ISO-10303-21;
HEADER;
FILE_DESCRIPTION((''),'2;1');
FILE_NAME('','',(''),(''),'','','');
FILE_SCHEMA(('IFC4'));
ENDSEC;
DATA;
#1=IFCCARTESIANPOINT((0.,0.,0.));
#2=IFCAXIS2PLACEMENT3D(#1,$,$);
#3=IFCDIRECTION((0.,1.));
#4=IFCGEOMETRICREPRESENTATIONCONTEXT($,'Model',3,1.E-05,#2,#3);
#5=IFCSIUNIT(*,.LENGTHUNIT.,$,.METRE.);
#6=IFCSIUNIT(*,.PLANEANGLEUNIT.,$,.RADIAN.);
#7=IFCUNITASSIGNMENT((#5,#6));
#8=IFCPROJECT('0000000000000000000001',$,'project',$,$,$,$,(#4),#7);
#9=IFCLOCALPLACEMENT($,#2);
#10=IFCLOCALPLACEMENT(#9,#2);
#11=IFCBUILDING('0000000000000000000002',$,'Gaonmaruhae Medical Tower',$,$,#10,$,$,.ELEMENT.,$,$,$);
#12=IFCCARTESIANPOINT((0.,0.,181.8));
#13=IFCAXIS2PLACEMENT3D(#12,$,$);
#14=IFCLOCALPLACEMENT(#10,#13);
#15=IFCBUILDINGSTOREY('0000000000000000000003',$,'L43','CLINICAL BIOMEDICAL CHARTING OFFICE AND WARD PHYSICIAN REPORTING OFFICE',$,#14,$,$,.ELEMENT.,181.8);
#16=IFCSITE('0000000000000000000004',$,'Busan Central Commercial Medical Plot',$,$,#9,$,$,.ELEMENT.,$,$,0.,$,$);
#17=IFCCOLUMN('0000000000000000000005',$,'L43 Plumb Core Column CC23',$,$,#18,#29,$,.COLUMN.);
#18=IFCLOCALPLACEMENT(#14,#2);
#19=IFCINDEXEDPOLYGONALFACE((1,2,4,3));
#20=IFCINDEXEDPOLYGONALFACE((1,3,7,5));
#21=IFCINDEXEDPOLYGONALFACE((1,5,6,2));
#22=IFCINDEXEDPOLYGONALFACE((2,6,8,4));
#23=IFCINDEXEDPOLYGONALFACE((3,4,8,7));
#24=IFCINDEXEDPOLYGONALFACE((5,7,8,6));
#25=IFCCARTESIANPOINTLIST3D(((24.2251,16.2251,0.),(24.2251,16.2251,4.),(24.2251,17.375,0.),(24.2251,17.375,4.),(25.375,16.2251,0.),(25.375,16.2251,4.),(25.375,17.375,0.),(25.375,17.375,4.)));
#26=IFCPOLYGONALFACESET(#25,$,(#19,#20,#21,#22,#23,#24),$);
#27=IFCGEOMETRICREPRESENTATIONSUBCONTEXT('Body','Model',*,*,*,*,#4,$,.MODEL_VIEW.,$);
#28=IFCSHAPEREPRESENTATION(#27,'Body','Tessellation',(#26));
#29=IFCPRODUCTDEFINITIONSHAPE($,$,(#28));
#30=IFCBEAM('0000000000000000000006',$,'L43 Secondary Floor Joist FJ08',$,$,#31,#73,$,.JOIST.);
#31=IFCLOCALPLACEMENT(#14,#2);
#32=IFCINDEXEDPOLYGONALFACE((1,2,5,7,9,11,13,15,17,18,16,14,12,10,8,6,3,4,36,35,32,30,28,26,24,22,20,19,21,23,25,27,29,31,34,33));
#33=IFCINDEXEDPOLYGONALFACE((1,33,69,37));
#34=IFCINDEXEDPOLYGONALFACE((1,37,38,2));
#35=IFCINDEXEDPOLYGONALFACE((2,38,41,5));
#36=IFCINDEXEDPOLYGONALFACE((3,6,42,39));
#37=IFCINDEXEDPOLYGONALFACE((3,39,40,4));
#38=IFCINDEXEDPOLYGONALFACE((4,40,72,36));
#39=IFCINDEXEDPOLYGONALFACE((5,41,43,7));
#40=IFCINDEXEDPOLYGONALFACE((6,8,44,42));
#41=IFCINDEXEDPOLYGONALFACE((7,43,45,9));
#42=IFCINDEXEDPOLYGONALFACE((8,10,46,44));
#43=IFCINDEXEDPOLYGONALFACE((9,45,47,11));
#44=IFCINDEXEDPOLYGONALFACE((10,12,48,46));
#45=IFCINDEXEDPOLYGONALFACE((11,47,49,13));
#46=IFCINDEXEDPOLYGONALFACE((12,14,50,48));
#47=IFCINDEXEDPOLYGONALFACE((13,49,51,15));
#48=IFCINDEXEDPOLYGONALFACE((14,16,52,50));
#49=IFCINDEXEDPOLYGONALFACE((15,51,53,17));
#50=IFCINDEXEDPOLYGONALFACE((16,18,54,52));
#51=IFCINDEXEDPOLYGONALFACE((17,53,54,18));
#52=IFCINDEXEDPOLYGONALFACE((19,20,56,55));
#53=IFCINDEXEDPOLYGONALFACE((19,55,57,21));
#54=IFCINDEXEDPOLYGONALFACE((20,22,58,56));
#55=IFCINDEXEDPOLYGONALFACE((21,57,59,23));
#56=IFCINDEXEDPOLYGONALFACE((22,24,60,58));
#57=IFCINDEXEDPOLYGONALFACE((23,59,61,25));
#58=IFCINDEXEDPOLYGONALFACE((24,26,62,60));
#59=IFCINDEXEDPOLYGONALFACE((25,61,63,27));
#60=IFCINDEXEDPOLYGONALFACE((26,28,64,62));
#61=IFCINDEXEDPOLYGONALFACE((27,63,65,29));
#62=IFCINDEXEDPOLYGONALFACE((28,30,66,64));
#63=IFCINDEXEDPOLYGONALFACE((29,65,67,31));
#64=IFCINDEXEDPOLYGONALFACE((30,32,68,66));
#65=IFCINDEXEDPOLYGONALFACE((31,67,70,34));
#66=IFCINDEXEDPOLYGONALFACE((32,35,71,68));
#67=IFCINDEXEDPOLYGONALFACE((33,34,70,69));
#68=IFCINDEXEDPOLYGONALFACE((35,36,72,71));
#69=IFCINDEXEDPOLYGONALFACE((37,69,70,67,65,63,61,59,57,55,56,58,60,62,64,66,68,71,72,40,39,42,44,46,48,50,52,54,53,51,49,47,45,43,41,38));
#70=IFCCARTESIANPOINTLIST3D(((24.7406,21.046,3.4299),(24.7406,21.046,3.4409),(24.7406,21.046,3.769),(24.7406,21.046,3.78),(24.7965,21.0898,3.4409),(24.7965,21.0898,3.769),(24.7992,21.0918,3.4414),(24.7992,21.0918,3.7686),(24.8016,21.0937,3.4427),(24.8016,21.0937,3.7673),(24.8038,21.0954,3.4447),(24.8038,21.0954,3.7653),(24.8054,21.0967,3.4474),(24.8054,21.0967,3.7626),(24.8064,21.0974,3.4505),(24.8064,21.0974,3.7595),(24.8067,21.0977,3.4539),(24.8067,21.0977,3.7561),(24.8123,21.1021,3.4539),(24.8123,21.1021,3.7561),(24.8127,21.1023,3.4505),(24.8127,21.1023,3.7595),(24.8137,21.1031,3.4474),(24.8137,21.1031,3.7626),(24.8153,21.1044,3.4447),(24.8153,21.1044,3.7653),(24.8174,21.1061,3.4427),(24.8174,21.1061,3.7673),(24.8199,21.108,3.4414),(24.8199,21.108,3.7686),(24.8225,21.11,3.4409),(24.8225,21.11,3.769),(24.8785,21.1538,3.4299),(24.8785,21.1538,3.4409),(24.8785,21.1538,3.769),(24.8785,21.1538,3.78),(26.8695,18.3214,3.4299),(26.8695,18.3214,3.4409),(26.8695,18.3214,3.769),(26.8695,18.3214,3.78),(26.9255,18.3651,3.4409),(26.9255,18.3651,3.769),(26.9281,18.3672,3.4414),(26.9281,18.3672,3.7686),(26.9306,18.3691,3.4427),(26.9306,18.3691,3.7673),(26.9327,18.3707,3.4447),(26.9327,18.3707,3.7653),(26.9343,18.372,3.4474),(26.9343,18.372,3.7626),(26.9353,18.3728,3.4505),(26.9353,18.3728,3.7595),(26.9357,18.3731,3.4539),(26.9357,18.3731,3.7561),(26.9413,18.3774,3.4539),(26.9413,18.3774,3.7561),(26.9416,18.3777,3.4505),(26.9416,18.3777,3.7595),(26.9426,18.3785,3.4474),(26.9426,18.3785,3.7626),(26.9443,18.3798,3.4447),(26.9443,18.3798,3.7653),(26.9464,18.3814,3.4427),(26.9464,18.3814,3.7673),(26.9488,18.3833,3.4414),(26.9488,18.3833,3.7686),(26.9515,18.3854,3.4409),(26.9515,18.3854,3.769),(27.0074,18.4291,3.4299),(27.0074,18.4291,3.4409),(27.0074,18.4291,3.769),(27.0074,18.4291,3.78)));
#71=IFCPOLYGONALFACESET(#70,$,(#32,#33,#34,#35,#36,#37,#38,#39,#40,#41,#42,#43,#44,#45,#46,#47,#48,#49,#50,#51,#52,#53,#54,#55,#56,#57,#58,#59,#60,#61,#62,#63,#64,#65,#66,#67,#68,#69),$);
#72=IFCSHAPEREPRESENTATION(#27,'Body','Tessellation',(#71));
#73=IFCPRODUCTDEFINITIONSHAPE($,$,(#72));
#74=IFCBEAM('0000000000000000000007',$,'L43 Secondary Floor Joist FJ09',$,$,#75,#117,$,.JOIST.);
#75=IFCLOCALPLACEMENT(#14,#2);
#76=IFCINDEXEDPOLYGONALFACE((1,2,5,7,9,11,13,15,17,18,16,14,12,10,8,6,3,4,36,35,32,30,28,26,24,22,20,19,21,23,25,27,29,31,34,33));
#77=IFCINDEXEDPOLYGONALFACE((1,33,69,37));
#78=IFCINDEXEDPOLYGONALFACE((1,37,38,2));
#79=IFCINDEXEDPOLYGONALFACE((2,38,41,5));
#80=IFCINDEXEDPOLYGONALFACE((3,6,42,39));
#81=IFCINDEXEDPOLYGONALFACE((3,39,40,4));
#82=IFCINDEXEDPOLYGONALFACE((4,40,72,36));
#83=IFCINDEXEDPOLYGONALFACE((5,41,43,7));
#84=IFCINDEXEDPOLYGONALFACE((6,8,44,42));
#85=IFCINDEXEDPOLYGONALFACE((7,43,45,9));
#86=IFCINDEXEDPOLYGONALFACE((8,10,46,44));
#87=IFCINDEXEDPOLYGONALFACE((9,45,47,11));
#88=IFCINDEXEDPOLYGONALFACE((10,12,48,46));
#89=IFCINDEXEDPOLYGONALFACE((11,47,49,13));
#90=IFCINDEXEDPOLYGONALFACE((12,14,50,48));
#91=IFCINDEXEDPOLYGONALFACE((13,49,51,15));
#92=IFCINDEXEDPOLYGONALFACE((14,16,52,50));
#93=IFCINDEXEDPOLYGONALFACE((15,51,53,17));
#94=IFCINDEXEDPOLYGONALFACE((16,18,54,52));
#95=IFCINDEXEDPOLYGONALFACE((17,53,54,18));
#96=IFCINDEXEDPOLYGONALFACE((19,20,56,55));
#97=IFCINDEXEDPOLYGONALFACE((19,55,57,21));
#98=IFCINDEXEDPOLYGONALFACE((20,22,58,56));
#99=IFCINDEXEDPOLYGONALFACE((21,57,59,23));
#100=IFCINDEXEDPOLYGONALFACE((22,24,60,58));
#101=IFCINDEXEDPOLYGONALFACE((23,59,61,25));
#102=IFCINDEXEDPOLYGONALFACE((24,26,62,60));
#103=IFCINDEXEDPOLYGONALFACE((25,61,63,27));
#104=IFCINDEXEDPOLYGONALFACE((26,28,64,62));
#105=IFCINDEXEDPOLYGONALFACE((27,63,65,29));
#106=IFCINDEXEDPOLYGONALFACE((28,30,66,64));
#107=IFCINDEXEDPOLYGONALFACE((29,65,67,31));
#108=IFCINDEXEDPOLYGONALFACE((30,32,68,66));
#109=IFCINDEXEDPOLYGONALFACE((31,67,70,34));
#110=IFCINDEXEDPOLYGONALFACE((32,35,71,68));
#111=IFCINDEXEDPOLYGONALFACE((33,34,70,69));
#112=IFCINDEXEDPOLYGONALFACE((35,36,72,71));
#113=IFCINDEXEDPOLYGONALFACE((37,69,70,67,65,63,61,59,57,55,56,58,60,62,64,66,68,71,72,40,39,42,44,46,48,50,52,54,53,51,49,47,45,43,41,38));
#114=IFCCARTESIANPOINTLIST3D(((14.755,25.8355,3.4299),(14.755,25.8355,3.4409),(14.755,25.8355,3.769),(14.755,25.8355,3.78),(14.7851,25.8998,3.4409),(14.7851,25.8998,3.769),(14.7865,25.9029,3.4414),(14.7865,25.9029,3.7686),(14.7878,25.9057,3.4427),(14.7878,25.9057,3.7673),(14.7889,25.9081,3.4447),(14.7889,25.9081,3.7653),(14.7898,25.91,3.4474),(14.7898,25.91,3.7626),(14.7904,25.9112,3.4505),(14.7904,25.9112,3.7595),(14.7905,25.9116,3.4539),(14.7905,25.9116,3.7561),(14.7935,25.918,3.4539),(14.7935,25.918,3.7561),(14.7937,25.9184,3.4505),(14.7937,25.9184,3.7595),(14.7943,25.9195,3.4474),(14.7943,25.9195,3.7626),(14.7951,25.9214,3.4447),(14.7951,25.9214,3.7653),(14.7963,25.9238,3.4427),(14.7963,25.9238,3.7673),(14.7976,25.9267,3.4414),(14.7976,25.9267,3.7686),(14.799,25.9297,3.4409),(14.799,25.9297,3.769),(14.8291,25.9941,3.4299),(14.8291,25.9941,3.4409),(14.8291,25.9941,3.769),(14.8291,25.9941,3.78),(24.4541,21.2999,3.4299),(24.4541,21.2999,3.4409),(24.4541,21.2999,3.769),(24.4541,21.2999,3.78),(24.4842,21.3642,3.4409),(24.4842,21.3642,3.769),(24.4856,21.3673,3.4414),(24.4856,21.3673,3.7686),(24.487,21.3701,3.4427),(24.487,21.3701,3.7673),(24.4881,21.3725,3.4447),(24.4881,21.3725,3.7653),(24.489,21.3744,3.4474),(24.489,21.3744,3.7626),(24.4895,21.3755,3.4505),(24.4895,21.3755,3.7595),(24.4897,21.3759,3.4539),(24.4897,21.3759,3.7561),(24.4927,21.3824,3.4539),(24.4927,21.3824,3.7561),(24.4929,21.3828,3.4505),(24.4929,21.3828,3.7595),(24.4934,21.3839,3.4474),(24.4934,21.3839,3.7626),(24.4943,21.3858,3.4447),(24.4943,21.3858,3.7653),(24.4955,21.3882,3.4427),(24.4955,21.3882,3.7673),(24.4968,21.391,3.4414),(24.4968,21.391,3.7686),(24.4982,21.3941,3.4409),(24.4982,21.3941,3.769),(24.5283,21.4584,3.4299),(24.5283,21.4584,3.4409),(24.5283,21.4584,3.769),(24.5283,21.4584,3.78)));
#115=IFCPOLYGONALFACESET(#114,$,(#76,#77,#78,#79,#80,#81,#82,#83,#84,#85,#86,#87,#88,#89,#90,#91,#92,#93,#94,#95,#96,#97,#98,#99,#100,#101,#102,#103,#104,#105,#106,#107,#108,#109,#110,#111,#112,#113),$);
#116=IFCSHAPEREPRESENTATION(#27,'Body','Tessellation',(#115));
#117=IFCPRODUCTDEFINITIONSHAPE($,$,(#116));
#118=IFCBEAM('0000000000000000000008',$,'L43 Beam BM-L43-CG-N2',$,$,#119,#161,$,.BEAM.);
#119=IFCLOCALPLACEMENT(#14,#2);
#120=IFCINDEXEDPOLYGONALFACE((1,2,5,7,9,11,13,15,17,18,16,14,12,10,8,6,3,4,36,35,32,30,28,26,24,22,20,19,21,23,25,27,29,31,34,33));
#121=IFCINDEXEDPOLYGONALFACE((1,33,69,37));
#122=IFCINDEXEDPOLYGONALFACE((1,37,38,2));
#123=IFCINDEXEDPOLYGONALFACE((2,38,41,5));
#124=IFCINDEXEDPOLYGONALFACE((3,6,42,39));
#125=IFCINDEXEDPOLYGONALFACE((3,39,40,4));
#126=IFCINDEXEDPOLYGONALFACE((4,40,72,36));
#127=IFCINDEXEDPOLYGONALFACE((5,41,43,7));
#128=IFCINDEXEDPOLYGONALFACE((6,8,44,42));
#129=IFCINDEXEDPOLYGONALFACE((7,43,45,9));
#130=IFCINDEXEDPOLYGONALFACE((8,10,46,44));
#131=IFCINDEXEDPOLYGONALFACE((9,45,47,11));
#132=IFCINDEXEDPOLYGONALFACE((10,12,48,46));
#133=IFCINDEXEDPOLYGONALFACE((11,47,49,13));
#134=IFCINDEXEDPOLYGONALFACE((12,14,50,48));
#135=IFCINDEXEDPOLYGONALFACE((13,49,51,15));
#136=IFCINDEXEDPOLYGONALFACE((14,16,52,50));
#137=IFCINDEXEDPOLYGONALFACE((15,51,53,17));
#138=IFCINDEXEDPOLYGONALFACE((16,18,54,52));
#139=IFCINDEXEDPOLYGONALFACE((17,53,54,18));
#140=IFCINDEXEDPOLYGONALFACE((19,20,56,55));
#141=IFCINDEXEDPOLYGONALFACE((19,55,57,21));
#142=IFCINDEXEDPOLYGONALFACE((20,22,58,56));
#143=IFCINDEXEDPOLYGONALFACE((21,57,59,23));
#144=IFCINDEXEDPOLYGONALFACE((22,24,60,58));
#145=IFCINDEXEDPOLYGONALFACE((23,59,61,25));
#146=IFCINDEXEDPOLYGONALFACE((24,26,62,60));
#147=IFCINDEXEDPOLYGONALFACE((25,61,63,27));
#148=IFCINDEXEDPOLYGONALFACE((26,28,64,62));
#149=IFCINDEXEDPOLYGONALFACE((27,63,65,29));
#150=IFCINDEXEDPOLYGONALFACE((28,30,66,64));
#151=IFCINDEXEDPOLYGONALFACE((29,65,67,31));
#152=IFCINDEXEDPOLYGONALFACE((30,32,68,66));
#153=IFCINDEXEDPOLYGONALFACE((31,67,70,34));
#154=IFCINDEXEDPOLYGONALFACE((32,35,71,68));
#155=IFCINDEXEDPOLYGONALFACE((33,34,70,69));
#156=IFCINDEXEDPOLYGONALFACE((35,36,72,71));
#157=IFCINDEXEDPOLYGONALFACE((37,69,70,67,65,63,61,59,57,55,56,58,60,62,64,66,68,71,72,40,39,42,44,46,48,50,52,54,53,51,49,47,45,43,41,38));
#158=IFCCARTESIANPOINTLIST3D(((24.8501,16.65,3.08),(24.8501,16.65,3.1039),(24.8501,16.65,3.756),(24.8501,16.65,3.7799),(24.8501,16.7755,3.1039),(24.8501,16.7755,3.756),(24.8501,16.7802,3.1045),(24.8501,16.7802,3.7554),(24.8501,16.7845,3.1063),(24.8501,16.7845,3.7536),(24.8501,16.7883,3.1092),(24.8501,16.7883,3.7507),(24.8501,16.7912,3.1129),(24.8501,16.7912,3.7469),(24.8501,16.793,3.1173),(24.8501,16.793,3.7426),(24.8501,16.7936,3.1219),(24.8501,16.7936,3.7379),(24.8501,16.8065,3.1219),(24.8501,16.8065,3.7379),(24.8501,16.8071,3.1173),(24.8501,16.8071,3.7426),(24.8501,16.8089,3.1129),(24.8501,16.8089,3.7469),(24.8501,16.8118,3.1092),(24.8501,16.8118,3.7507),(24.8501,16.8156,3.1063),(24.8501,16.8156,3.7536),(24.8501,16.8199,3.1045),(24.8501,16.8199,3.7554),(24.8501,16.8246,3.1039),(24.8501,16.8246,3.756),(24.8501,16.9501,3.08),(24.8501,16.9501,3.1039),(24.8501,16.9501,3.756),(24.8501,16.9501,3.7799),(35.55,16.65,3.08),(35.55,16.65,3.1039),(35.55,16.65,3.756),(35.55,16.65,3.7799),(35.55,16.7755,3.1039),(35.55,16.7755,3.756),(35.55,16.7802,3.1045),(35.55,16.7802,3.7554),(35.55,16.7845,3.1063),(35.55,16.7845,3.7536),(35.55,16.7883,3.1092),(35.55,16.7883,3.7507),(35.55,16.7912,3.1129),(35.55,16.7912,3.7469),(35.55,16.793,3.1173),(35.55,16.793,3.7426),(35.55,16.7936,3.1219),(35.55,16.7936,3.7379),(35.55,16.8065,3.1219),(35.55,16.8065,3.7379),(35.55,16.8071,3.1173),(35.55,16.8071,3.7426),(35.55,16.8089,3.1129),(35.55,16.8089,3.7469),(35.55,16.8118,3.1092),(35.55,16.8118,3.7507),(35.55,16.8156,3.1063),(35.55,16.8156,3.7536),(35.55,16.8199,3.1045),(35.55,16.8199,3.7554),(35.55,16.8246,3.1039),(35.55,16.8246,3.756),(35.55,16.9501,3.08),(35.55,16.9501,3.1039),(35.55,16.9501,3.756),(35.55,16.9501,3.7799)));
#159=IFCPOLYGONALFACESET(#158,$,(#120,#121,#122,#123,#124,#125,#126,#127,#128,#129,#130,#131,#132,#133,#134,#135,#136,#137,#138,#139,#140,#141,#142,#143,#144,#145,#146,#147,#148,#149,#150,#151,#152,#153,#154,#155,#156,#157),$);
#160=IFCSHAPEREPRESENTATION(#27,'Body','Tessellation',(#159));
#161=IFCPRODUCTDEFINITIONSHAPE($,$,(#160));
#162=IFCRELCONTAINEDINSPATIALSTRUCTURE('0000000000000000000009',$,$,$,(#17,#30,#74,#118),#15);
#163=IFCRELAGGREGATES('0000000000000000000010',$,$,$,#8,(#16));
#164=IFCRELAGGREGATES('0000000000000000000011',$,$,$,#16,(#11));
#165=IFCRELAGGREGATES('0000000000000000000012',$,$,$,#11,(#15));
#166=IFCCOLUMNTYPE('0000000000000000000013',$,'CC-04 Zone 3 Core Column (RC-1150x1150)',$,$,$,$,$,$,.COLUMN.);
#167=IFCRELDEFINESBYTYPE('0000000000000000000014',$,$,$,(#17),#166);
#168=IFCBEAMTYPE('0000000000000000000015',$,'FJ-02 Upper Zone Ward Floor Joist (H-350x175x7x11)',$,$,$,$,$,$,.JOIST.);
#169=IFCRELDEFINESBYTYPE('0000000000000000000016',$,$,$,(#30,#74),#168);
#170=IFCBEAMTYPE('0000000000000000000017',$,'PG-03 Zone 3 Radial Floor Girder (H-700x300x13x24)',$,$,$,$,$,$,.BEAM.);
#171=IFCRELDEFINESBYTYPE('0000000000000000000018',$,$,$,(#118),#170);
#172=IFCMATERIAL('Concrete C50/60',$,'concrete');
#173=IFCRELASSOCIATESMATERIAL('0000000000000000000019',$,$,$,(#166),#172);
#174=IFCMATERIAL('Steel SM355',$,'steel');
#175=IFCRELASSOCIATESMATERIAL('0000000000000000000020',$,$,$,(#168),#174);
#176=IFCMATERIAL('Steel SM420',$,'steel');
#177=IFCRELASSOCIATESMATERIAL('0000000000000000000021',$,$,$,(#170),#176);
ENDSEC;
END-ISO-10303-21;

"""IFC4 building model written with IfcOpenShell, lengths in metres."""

from ifc_helpers import new_model, si_unit, direction, frame, origin, origin_2d, place, context, subcontext, project, spatial, rectangle, i_section, extrude, material, material_profile, profile_set, type_object, element, save


model = new_model("IFC4")

# Units and contexts
model_context = context("Model", 3, precision=1e-05, world=origin(), true_north=direction((0.0, 1.0)))
body_context = subcontext(model_context, "Body", "Model", "MODEL_VIEW")
ifc_project = project(units=[si_unit("LENGTHUNIT", "METRE"), si_unit("PLANEANGLEUNIT", "RADIAN")], contexts=[model_context])

# Site, building, storey
site_placement = place(None, origin())
site = spatial("IfcSite", under=ifc_project, at=site_placement, Name="Busan Central Commercial Medical Plot", CompositionType="ELEMENT", RefElevation=0.0)
building_placement = place(site_placement, origin())
building = spatial("IfcBuilding", under=site, at=building_placement, Name="Gaonmaruhae Medical Tower", CompositionType="ELEMENT")
storey_placement = place(building_placement, frame((0.0, 0.0, 181.8)))
storey = spatial("IfcBuildingStorey", under=building, at=storey_placement, Name="L43", Description="CLINICAL BIOMEDICAL CHARTING OFFICE AND WARD PHYSICIAN REPORTING OFFICE", CompositionType="ELEMENT", Elevation=181.8)

# Column
ifc_material_1 = material(Name="Concrete C50/60", Category="concrete")
ifc_material_profile_1 = material_profile(ifc_material_1, rectangle(XDim=1.1499, YDim=1.1499, at=origin_2d()), Name="RC-1150x1150")
ifc_profile_set_1 = profile_set([ifc_material_profile_1], Name="Concrete C50/60")
column_type = type_object("IfcColumnType", Name="CC-04 Zone 3 Core Column (RC-1150x1150)", PredefinedType="COLUMN", material=ifc_profile_set_1)
column_placement = place(storey_placement, frame((24.8, 16.8, 0.0), z_axis=(0.0, 0.0, 1.0), x_axis=(1.0, 0.0, 0.0)))
element("IfcColumn", 1, at=column_placement, inside=storey, type_object=column_type, Name="L43 Plumb Core Column CC23", PredefinedType="COLUMN", context=body_context, shape_type="SweptSolid", body=[
    extrude(rectangle(XDim=1.1499, YDim=1.1499, at=origin_2d()), origin(), (0.0, 0.0, 1.0), 4.0),
])

# Beams
ifc_material_2 = material(Name="Steel SM355", Category="steel")
ifc_material_profile_2 = material_profile(ifc_material_2, i_section(OverallWidth=0.175, OverallDepth=0.3501, WebThickness=0.0071, FlangeThickness=0.011, FilletRadius=0.0129, at=origin_2d()), Name="H-350x175x7x11")
ifc_profile_set_2 = profile_set([ifc_material_profile_2], Name="Steel SM355")
beam_type_1 = type_object("IfcBeamType", Name="FJ-02 Upper Zone Ward Floor Joist (H-350x175x7x11)", PredefinedType="JOIST", material=ifc_profile_set_2)
beam_1_placement = place(storey_placement, frame((26.9385, 18.3752, 3.605), z_axis=(-0.615699, 0.787982, 0.0), x_axis=(-0.787982, -0.615699, 0.0)))
element("IfcBeam", 2, at=beam_1_placement, inside=storey, type_object=beam_type_1, Name="L43 Secondary Floor Joist FJ08", PredefinedType="JOIST", context=body_context, shape_type="SweptSolid", body=[
    extrude(i_section(OverallWidth=0.175, OverallDepth=0.3501, WebThickness=0.0071, FlangeThickness=0.011, FilletRadius=0.0129, at=origin_2d()), origin(), (0.0, 0.0, 1.0), 3.4578),
])
beam_2_placement = place(storey_placement, frame((24.4912, 21.3792, 3.605), z_axis=(-0.905848, 0.423602, 0.0), x_axis=(-0.423602, -0.905848, 0.0)))
element("IfcBeam", 3, at=beam_2_placement, inside=storey, type_object=beam_type_1, Name="L43 Secondary Floor Joist FJ09", PredefinedType="JOIST", context=body_context, shape_type="SweptSolid", body=[
    extrude(i_section(OverallWidth=0.175, OverallDepth=0.3501, WebThickness=0.0071, FlangeThickness=0.011, FilletRadius=0.0129, at=origin_2d()), origin(), (0.0, 0.0, 1.0), 10.7073),
])
ifc_material_3 = material(Name="Steel SM420", Category="steel")
ifc_material_profile_3 = material_profile(ifc_material_3, i_section(OverallWidth=0.3, OverallDepth=0.7, WebThickness=0.0129, FlangeThickness=0.0239, FilletRadius=0.0181, at=origin_2d()), Name="H-700x300x13x24")
ifc_profile_set_3 = profile_set([ifc_material_profile_3], Name="Steel SM420")
beam_type_2 = type_object("IfcBeamType", Name="PG-03 Zone 3 Radial Floor Girder (H-700x300x13x24)", PredefinedType="BEAM", material=ifc_profile_set_3)
beam_3_placement = place(storey_placement, frame((24.8501, 16.8, 3.4299), z_axis=(1.0, 0.0, 0.0), x_axis=(0.0, 1.0, 0.0)))
element("IfcBeam", 4, at=beam_3_placement, inside=storey, type_object=beam_type_2, Name="L43 Beam BM-L43-CG-N2", PredefinedType="BEAM", context=body_context, shape_type="SweptSolid", body=[
    extrude(i_section(OverallWidth=0.3, OverallDepth=0.7, WebThickness=0.0129, FlangeThickness=0.0239, FilletRadius=0.0181, at=origin_2d()), origin(), (0.0, 0.0, 1.0), 10.7),
])

save(model, "model.ifc")
